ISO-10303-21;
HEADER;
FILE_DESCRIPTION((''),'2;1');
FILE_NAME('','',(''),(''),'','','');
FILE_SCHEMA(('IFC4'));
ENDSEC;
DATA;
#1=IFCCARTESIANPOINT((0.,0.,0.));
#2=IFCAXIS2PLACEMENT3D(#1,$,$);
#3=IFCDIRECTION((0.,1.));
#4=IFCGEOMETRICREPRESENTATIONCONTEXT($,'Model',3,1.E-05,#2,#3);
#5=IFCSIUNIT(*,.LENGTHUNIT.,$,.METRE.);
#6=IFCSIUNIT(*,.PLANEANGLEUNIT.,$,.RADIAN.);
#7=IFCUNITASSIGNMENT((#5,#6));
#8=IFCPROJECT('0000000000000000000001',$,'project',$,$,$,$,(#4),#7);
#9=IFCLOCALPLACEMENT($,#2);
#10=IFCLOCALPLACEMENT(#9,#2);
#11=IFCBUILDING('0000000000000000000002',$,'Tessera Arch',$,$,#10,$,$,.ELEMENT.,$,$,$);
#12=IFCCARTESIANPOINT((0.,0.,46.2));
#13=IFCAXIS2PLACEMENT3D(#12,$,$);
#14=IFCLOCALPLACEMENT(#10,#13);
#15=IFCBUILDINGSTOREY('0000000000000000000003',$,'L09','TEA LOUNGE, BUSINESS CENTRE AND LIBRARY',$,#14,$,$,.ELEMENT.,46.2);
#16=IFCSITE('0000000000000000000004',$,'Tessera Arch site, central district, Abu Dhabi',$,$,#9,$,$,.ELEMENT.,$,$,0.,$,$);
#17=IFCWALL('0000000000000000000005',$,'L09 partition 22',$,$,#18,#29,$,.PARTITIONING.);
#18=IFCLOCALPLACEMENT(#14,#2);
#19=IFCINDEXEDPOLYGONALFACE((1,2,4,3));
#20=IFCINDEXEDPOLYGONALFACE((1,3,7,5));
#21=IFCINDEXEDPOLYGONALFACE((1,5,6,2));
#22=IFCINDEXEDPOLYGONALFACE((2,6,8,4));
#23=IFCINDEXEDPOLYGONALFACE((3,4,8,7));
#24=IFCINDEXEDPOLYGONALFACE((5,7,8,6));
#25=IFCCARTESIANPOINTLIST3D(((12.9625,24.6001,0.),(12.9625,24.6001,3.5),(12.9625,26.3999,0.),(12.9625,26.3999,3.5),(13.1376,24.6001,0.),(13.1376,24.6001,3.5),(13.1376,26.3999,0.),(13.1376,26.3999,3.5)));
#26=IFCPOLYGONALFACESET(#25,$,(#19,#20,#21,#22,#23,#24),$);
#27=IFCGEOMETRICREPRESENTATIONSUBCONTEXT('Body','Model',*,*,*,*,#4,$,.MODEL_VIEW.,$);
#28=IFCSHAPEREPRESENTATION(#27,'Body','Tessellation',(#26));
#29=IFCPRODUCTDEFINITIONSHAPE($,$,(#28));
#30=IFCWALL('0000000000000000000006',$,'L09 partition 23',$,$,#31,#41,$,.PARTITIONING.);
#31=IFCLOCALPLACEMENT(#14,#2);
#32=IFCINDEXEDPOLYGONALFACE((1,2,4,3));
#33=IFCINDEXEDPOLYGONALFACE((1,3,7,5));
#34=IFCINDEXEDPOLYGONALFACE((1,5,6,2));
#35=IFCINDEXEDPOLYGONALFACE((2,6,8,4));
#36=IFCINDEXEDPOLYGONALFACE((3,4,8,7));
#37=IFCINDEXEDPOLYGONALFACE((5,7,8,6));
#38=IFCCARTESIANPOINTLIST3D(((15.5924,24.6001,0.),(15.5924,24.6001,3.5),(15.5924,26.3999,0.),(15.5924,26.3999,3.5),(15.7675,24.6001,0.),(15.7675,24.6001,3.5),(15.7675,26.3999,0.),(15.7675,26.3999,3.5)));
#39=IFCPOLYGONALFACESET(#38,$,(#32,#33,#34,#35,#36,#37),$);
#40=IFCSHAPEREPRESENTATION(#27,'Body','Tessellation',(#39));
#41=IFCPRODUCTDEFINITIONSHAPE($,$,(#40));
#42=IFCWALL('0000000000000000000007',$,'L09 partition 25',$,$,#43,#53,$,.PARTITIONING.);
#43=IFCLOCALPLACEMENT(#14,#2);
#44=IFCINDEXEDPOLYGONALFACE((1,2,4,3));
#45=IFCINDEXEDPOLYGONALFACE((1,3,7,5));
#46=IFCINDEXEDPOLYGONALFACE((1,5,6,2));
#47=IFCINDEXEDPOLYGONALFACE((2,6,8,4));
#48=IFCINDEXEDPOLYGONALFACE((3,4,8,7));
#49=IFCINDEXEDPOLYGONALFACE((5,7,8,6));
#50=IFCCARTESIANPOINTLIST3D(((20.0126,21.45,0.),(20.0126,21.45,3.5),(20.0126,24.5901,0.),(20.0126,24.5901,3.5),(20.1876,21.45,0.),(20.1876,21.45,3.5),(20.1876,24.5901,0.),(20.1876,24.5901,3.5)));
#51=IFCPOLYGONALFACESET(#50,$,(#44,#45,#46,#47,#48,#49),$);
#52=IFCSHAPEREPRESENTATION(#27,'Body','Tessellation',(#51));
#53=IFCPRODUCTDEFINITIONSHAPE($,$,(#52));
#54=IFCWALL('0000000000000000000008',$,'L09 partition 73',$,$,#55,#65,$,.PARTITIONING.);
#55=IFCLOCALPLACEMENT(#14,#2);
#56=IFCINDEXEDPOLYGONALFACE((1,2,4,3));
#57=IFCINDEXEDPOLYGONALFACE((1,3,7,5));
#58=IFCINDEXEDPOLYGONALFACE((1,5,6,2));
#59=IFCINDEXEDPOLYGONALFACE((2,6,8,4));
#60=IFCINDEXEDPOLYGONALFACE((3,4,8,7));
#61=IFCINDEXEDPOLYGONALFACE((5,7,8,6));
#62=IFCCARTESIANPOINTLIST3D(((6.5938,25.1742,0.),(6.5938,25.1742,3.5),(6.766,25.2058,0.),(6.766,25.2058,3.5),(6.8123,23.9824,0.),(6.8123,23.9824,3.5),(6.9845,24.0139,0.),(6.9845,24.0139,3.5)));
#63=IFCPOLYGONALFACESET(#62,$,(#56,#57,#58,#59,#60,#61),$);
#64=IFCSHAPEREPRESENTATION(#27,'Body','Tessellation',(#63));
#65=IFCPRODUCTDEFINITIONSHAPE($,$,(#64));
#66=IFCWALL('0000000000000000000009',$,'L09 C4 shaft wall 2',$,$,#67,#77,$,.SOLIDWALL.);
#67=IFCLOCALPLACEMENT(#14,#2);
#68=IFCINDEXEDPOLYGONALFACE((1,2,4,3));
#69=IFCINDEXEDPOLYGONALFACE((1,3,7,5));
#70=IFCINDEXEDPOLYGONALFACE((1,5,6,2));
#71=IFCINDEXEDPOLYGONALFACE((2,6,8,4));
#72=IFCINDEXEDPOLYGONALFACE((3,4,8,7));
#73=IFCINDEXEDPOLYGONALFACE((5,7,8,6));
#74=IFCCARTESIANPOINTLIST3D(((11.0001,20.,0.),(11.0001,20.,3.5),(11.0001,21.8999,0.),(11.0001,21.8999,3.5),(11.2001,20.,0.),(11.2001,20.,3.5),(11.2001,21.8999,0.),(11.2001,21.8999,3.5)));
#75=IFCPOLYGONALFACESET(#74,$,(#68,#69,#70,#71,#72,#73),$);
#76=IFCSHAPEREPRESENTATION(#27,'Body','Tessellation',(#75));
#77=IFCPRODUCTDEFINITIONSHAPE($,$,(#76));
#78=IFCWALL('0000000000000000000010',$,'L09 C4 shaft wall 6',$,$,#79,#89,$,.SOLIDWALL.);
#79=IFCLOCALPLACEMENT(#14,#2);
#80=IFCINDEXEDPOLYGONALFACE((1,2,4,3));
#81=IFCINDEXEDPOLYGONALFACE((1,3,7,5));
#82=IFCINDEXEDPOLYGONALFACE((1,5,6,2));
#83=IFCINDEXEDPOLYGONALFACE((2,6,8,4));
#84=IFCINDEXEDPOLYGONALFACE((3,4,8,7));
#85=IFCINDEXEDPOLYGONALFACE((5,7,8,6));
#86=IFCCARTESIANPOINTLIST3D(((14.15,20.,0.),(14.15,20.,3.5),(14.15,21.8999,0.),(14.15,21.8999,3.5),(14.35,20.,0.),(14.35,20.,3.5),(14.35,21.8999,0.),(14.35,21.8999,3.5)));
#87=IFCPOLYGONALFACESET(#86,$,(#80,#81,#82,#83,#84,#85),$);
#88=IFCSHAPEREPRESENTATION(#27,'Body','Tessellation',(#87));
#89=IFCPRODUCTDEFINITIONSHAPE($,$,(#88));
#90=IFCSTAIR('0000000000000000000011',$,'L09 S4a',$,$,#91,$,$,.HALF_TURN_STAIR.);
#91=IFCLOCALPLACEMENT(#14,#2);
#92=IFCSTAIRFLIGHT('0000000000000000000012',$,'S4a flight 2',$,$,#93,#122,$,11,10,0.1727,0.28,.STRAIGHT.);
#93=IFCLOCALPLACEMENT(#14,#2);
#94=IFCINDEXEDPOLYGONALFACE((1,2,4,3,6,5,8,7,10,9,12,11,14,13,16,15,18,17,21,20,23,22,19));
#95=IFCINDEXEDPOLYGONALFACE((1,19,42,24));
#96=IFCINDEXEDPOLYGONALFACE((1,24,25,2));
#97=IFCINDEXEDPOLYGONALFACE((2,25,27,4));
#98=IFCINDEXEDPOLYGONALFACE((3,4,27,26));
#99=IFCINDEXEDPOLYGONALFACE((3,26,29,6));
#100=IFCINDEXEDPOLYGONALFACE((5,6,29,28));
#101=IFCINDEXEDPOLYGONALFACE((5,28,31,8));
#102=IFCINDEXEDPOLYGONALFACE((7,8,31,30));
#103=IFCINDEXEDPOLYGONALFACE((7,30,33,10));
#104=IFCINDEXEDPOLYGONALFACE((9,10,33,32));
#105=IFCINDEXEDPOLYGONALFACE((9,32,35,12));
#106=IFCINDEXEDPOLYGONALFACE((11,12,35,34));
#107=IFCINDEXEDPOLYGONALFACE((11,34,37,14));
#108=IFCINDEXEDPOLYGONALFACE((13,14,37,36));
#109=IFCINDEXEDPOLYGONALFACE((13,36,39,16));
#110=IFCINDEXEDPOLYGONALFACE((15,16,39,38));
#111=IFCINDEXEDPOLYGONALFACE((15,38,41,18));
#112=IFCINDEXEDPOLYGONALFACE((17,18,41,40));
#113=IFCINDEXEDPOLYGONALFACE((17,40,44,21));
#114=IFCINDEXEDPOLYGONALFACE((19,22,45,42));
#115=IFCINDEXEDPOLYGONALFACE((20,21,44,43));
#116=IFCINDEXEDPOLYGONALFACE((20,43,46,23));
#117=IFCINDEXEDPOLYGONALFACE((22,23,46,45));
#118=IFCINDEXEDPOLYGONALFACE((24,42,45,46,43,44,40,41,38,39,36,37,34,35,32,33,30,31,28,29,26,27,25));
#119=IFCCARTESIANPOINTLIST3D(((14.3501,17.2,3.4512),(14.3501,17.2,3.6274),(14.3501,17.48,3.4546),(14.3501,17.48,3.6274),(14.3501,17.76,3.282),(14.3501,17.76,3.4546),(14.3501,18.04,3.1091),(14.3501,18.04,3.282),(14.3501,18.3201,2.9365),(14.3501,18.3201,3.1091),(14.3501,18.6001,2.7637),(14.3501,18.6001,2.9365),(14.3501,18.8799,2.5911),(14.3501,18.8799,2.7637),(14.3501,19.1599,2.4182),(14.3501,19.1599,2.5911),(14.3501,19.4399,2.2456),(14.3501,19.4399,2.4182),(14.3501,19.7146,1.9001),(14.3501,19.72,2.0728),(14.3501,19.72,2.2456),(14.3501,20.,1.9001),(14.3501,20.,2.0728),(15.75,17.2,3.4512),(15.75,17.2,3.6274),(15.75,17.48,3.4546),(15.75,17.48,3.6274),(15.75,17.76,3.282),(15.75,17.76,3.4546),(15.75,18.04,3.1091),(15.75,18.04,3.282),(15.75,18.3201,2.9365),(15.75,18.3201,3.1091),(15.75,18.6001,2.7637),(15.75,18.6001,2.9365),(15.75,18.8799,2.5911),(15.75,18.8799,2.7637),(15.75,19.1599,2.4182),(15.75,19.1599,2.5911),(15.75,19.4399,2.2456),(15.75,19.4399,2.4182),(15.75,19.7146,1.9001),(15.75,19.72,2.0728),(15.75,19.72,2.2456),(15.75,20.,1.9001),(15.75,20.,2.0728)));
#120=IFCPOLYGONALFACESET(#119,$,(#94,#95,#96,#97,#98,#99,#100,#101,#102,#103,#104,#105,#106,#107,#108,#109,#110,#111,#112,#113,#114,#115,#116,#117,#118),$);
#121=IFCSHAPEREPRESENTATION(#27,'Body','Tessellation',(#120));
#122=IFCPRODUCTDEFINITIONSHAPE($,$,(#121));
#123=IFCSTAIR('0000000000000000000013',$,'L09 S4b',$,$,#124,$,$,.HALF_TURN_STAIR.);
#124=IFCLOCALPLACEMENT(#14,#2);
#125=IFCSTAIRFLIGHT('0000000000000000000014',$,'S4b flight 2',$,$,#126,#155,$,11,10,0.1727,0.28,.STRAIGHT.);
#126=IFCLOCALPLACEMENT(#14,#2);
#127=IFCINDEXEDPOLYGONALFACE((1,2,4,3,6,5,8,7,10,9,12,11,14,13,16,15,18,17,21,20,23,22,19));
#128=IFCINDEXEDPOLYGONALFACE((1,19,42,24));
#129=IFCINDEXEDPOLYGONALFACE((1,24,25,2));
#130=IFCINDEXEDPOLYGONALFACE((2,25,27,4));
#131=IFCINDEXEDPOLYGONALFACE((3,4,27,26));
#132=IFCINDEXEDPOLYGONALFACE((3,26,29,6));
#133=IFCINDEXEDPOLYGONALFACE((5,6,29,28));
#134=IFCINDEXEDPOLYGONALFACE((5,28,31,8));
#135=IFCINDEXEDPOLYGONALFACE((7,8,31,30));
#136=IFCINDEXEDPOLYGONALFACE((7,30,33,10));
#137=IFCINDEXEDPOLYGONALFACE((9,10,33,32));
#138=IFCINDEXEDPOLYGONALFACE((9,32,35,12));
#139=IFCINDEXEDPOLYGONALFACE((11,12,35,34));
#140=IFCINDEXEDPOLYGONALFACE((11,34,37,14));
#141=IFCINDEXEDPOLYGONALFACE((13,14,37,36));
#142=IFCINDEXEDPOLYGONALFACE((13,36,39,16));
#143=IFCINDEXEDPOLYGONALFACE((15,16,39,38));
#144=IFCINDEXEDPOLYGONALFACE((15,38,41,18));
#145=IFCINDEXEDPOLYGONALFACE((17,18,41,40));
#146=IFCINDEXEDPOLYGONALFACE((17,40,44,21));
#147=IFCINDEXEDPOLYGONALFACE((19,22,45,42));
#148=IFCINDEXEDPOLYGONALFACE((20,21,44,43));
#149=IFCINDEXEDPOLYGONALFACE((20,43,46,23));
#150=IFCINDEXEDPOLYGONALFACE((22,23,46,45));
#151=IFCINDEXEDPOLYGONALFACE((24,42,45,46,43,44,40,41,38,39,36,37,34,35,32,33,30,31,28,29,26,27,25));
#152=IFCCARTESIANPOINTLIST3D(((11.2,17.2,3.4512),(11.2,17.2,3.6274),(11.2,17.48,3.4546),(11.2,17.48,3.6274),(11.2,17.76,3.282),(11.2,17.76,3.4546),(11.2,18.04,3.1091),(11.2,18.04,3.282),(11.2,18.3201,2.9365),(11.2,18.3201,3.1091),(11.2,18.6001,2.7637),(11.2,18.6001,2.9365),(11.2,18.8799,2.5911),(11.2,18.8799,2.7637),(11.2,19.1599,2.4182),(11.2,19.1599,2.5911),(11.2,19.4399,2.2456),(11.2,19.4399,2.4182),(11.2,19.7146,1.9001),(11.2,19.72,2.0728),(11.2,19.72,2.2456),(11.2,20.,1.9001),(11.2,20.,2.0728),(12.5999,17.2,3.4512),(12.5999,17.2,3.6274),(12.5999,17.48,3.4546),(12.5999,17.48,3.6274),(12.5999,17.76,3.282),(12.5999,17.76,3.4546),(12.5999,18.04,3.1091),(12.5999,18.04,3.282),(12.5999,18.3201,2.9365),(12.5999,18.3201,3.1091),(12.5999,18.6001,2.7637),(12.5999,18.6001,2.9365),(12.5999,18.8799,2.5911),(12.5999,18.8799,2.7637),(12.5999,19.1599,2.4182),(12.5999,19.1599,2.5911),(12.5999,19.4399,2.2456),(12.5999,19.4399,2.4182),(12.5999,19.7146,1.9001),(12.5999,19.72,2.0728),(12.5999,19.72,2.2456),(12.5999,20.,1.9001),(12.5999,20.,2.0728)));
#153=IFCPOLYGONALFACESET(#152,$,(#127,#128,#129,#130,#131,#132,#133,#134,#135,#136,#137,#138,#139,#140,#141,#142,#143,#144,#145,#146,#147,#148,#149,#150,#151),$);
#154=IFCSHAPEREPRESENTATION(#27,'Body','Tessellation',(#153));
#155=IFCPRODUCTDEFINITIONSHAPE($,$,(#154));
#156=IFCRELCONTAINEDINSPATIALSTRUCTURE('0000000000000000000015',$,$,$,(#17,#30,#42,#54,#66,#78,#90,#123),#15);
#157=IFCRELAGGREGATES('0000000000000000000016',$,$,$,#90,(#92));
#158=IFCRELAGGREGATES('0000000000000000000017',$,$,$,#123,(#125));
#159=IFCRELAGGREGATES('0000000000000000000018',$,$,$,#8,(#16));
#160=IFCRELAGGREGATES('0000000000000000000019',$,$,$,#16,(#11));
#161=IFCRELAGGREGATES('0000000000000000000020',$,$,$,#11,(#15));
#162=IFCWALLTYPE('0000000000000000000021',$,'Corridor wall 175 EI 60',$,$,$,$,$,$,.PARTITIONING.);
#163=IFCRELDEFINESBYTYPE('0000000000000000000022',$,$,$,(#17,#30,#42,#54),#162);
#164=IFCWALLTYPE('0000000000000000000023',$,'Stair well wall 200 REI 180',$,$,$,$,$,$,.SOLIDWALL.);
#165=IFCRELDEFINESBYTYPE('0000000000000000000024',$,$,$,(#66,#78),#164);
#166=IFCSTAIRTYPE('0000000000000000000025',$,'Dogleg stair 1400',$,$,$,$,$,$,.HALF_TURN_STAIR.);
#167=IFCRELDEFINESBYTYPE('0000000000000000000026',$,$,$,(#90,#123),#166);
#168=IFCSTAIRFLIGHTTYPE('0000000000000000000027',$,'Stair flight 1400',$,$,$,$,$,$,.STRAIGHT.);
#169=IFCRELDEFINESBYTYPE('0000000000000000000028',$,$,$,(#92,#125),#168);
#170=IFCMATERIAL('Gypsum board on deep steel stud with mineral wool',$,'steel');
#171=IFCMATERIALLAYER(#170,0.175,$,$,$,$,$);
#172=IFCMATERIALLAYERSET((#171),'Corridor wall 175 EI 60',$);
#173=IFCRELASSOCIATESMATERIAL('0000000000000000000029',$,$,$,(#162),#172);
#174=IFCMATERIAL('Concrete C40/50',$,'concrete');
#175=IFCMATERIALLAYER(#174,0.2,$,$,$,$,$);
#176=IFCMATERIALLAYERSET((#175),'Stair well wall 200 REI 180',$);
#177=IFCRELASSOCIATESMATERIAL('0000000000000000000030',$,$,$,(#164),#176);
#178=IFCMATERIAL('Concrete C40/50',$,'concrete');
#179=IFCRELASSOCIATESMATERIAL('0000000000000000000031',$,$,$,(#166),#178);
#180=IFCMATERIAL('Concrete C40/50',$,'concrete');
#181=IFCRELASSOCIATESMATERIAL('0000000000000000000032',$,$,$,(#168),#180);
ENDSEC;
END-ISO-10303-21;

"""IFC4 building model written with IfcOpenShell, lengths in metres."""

from ifc_helpers import new_model, si_unit, direction, frame, frame_2d, origin, place, context, subcontext, project, spatial, polyline, rectangle, outline, extrude, material, layer, layer_set, type_object, element, aggregate, save


model = new_model("IFC4")

# Units and contexts
model_context = context("Model", 3, precision=1e-05, world=origin(), true_north=direction((0.0, 1.0)))
body_context = subcontext(model_context, "Body", "Model", "MODEL_VIEW")
ifc_project = project(units=[si_unit("LENGTHUNIT", "METRE"), si_unit("PLANEANGLEUNIT", "RADIAN")], contexts=[model_context])

# Site, building, storey
site_placement = place(None, origin())
site = spatial("IfcSite", under=ifc_project, at=site_placement, Name="Tessera Arch site, central district, Abu Dhabi", CompositionType="ELEMENT", RefElevation=0.0)
building_placement = place(site_placement, origin())
building = spatial("IfcBuilding", under=site, at=building_placement, Name="Tessera Arch", CompositionType="ELEMENT")
storey_placement = place(building_placement, frame((0.0, 0.0, 46.2)))
storey = spatial("IfcBuildingStorey", under=building, at=storey_placement, Name="L09", Description="TEA LOUNGE, BUSINESS CENTRE AND LIBRARY", CompositionType="ELEMENT", Elevation=46.2)

# Shared definitions
ifc_material_1 = material(Name="Gypsum board on deep steel stud with mineral wool", Category="steel")
ifc_layer_1 = layer(ifc_material_1, 0.175)
ifc_layer_set_1 = layer_set([ifc_layer_1], Name="Corridor wall 175 EI 60")
wall_type_1 = type_object("IfcWallType", Name="Corridor wall 175 EI 60", PredefinedType="PARTITIONING", material=ifc_layer_set_1)

# Walls
for number, where, z_axis, x_axis, name in (
    (1, (13.05, 24.6001, 0.0), (0.0, 0.0, 1.0), (0.0, 1.0, 0.0), "L09 partition 22"),
    (2, (15.6799, 24.6001, 0.0), (0.0, 0.0, 1.0), (0.0, 1.0, 0.0), "L09 partition 23"),
):
    element("IfcWall", number, at=place(storey_placement, frame(where, z_axis=z_axis, x_axis=x_axis)), inside=storey, type_object=wall_type_1, Name=name, PredefinedType="PARTITIONING", context=body_context, shape_type="SweptSolid", body=[
        extrude(rectangle(XDim=1.7998, YDim=0.175, at=frame_2d((0.8999, 0.0))), origin(), (0.0, 0.0, 1.0), 3.5),
    ])
wall_1_placement = place(storey_placement, frame((20.1001, 21.45, 0.0), z_axis=(0.0, 0.0, 1.0), x_axis=(0.0, 1.0, 0.0)))
element("IfcWall", 3, at=wall_1_placement, inside=storey, type_object=wall_type_1, Name="L09 partition 25", PredefinedType="PARTITIONING", context=body_context, shape_type="SweptSolid", body=[
    extrude(rectangle(XDim=3.1401, YDim=0.175, at=frame_2d((1.5701, 0.0))), origin(), (0.0, 0.0, 1.0), 3.5),
])
wall_2_placement = place(storey_placement, frame((6.8984, 23.998, 0.0), z_axis=(0.0, 0.0, 1.0), x_axis=(-0.180321, 0.983608, 0.0)))
element("IfcWall", 4, at=wall_2_placement, inside=storey, type_object=wall_type_1, Name="L09 partition 73", PredefinedType="PARTITIONING", context=body_context, shape_type="SweptSolid", body=[
    extrude(rectangle(XDim=1.2117, YDim=0.175, at=frame_2d((0.606, 0.0))), origin(), (0.0, 0.0, 1.0), 3.5),
])
ifc_material_2 = material(Name="Concrete C40/50", Category="concrete")
ifc_layer_2 = layer(ifc_material_2, 0.2)
ifc_layer_set_2 = layer_set([ifc_layer_2], Name="Stair well wall 200 REI 180")
wall_type_2 = type_object("IfcWallType", Name="Stair well wall 200 REI 180", PredefinedType="SOLIDWALL", material=ifc_layer_set_2)
for number, where, z_axis, x_axis, name in (
    (5, (11.1001, 20.0, 0.0), (0.0, 0.0, 1.0), (0.0, 1.0, 0.0), "L09 C4 shaft wall 2"),
    (6, (14.25, 20.0, 0.0), (0.0, 0.0, 1.0), (0.0, 1.0, 0.0), "L09 C4 shaft wall 6"),
):
    element("IfcWall", number, at=place(storey_placement, frame(where, z_axis=z_axis, x_axis=x_axis)), inside=storey, type_object=wall_type_2, Name=name, PredefinedType="SOLIDWALL", context=body_context, shape_type="SweptSolid", body=[
        extrude(rectangle(XDim=1.8999, YDim=0.2, at=frame_2d((0.95, 0.0))), origin(), (0.0, 0.0, 1.0), 3.5),
    ])

# Stairs, stair flights
ifc_material_3 = material(Name="Concrete C40/50", Category="concrete")
stair_type = type_object("IfcStairType", Name="Dogleg stair 1400", PredefinedType="HALF_TURN_STAIR", material=ifc_material_3)
stair_1_placement = place(storey_placement, origin())
stair_1 = element("IfcStair", 7, at=stair_1_placement, inside=storey, type_object=stair_type, Name="L09 S4a", PredefinedType="HALF_TURN_STAIR")
ifc_material_4 = material(Name="Concrete C40/50", Category="concrete")
stair_flight_type = type_object("IfcStairFlightType", Name="Stair flight 1400", PredefinedType="STRAIGHT", material=ifc_material_4)
stair_flight_1_placement = place(storey_placement, frame((15.05, 20.0, 1.9001), z_axis=(0.0, 0.0, 1.0), x_axis=(0.0, -1.0, 0.0)))
stair_flight_1 = element("IfcStairFlight", 8, at=stair_flight_1_placement, type_object=stair_flight_type, Name="S4a flight 2", NumberOfRisers=11, NumberOfTreads=10, PredefinedType="STRAIGHT", RiserHeight=0.1727, TreadLength=0.28, context=body_context, shape_type="SweptSolid", body=[
    extrude(outline(polyline([(0.0, 0.0), (0.0, 0.1726), (0.28, 0.1726), (0.28, 0.3455), (0.5601, 0.3455), (0.5601, 0.5181), (0.8401, 0.5181), (0.8401, 0.6909), (1.1201, 0.6909), (1.1201, 0.8635), (1.3999, 0.8635), (1.3999, 1.0364), (1.6799, 1.0364), (1.6799, 1.209), (1.96, 1.209), (1.96, 1.3818), (2.24, 1.3818), (2.24, 1.5544), (2.52, 1.5544), (2.52, 1.7273), (2.8, 1.7273), (2.8, 1.8999), (2.8, 1.551), (0.2854, 0.0), (0.0, 0.0)])), frame((0.0, 0.7, 0.0), z_axis=(0.0, -1.0, 0.0), x_axis=(1.0, 0.0, 0.0)), (0.0, 0.0, 1.0), 1.3999),
])
aggregate(stair_1, [stair_flight_1])
stair_2_placement = place(storey_placement, origin())
stair_2 = element("IfcStair", 9, at=stair_2_placement, inside=storey, type_object=stair_type, Name="L09 S4b", PredefinedType="HALF_TURN_STAIR")
stair_flight_2_placement = place(storey_placement, frame((11.8999, 20.0, 1.9001), z_axis=(0.0, 0.0, 1.0), x_axis=(0.0, -1.0, 0.0)))
stair_flight_2 = element("IfcStairFlight", 10, at=stair_flight_2_placement, type_object=stair_flight_type, Name="S4b flight 2", NumberOfRisers=11, NumberOfTreads=10, PredefinedType="STRAIGHT", RiserHeight=0.1727, TreadLength=0.28, context=body_context, shape_type="SweptSolid", body=[
    extrude(outline(polyline([(0.0, 0.0), (0.0, 0.1726), (0.28, 0.1726), (0.28, 0.3455), (0.5601, 0.3455), (0.5601, 0.5181), (0.8401, 0.5181), (0.8401, 0.6909), (1.1201, 0.6909), (1.1201, 0.8635), (1.3999, 0.8635), (1.3999, 1.0364), (1.6799, 1.0364), (1.6799, 1.209), (1.96, 1.209), (1.96, 1.3818), (2.24, 1.3818), (2.24, 1.5544), (2.52, 1.5544), (2.52, 1.7273), (2.8, 1.7273), (2.8, 1.8999), (2.8, 1.551), (0.2854, 0.0), (0.0, 0.0)])), frame((0.0, 0.7, 0.0), z_axis=(0.0, -1.0, 0.0), x_axis=(1.0, 0.0, 0.0)), (0.0, 0.0, 1.0), 1.3999),
])
aggregate(stair_2, [stair_flight_2])

save(model, "model.ifc")
